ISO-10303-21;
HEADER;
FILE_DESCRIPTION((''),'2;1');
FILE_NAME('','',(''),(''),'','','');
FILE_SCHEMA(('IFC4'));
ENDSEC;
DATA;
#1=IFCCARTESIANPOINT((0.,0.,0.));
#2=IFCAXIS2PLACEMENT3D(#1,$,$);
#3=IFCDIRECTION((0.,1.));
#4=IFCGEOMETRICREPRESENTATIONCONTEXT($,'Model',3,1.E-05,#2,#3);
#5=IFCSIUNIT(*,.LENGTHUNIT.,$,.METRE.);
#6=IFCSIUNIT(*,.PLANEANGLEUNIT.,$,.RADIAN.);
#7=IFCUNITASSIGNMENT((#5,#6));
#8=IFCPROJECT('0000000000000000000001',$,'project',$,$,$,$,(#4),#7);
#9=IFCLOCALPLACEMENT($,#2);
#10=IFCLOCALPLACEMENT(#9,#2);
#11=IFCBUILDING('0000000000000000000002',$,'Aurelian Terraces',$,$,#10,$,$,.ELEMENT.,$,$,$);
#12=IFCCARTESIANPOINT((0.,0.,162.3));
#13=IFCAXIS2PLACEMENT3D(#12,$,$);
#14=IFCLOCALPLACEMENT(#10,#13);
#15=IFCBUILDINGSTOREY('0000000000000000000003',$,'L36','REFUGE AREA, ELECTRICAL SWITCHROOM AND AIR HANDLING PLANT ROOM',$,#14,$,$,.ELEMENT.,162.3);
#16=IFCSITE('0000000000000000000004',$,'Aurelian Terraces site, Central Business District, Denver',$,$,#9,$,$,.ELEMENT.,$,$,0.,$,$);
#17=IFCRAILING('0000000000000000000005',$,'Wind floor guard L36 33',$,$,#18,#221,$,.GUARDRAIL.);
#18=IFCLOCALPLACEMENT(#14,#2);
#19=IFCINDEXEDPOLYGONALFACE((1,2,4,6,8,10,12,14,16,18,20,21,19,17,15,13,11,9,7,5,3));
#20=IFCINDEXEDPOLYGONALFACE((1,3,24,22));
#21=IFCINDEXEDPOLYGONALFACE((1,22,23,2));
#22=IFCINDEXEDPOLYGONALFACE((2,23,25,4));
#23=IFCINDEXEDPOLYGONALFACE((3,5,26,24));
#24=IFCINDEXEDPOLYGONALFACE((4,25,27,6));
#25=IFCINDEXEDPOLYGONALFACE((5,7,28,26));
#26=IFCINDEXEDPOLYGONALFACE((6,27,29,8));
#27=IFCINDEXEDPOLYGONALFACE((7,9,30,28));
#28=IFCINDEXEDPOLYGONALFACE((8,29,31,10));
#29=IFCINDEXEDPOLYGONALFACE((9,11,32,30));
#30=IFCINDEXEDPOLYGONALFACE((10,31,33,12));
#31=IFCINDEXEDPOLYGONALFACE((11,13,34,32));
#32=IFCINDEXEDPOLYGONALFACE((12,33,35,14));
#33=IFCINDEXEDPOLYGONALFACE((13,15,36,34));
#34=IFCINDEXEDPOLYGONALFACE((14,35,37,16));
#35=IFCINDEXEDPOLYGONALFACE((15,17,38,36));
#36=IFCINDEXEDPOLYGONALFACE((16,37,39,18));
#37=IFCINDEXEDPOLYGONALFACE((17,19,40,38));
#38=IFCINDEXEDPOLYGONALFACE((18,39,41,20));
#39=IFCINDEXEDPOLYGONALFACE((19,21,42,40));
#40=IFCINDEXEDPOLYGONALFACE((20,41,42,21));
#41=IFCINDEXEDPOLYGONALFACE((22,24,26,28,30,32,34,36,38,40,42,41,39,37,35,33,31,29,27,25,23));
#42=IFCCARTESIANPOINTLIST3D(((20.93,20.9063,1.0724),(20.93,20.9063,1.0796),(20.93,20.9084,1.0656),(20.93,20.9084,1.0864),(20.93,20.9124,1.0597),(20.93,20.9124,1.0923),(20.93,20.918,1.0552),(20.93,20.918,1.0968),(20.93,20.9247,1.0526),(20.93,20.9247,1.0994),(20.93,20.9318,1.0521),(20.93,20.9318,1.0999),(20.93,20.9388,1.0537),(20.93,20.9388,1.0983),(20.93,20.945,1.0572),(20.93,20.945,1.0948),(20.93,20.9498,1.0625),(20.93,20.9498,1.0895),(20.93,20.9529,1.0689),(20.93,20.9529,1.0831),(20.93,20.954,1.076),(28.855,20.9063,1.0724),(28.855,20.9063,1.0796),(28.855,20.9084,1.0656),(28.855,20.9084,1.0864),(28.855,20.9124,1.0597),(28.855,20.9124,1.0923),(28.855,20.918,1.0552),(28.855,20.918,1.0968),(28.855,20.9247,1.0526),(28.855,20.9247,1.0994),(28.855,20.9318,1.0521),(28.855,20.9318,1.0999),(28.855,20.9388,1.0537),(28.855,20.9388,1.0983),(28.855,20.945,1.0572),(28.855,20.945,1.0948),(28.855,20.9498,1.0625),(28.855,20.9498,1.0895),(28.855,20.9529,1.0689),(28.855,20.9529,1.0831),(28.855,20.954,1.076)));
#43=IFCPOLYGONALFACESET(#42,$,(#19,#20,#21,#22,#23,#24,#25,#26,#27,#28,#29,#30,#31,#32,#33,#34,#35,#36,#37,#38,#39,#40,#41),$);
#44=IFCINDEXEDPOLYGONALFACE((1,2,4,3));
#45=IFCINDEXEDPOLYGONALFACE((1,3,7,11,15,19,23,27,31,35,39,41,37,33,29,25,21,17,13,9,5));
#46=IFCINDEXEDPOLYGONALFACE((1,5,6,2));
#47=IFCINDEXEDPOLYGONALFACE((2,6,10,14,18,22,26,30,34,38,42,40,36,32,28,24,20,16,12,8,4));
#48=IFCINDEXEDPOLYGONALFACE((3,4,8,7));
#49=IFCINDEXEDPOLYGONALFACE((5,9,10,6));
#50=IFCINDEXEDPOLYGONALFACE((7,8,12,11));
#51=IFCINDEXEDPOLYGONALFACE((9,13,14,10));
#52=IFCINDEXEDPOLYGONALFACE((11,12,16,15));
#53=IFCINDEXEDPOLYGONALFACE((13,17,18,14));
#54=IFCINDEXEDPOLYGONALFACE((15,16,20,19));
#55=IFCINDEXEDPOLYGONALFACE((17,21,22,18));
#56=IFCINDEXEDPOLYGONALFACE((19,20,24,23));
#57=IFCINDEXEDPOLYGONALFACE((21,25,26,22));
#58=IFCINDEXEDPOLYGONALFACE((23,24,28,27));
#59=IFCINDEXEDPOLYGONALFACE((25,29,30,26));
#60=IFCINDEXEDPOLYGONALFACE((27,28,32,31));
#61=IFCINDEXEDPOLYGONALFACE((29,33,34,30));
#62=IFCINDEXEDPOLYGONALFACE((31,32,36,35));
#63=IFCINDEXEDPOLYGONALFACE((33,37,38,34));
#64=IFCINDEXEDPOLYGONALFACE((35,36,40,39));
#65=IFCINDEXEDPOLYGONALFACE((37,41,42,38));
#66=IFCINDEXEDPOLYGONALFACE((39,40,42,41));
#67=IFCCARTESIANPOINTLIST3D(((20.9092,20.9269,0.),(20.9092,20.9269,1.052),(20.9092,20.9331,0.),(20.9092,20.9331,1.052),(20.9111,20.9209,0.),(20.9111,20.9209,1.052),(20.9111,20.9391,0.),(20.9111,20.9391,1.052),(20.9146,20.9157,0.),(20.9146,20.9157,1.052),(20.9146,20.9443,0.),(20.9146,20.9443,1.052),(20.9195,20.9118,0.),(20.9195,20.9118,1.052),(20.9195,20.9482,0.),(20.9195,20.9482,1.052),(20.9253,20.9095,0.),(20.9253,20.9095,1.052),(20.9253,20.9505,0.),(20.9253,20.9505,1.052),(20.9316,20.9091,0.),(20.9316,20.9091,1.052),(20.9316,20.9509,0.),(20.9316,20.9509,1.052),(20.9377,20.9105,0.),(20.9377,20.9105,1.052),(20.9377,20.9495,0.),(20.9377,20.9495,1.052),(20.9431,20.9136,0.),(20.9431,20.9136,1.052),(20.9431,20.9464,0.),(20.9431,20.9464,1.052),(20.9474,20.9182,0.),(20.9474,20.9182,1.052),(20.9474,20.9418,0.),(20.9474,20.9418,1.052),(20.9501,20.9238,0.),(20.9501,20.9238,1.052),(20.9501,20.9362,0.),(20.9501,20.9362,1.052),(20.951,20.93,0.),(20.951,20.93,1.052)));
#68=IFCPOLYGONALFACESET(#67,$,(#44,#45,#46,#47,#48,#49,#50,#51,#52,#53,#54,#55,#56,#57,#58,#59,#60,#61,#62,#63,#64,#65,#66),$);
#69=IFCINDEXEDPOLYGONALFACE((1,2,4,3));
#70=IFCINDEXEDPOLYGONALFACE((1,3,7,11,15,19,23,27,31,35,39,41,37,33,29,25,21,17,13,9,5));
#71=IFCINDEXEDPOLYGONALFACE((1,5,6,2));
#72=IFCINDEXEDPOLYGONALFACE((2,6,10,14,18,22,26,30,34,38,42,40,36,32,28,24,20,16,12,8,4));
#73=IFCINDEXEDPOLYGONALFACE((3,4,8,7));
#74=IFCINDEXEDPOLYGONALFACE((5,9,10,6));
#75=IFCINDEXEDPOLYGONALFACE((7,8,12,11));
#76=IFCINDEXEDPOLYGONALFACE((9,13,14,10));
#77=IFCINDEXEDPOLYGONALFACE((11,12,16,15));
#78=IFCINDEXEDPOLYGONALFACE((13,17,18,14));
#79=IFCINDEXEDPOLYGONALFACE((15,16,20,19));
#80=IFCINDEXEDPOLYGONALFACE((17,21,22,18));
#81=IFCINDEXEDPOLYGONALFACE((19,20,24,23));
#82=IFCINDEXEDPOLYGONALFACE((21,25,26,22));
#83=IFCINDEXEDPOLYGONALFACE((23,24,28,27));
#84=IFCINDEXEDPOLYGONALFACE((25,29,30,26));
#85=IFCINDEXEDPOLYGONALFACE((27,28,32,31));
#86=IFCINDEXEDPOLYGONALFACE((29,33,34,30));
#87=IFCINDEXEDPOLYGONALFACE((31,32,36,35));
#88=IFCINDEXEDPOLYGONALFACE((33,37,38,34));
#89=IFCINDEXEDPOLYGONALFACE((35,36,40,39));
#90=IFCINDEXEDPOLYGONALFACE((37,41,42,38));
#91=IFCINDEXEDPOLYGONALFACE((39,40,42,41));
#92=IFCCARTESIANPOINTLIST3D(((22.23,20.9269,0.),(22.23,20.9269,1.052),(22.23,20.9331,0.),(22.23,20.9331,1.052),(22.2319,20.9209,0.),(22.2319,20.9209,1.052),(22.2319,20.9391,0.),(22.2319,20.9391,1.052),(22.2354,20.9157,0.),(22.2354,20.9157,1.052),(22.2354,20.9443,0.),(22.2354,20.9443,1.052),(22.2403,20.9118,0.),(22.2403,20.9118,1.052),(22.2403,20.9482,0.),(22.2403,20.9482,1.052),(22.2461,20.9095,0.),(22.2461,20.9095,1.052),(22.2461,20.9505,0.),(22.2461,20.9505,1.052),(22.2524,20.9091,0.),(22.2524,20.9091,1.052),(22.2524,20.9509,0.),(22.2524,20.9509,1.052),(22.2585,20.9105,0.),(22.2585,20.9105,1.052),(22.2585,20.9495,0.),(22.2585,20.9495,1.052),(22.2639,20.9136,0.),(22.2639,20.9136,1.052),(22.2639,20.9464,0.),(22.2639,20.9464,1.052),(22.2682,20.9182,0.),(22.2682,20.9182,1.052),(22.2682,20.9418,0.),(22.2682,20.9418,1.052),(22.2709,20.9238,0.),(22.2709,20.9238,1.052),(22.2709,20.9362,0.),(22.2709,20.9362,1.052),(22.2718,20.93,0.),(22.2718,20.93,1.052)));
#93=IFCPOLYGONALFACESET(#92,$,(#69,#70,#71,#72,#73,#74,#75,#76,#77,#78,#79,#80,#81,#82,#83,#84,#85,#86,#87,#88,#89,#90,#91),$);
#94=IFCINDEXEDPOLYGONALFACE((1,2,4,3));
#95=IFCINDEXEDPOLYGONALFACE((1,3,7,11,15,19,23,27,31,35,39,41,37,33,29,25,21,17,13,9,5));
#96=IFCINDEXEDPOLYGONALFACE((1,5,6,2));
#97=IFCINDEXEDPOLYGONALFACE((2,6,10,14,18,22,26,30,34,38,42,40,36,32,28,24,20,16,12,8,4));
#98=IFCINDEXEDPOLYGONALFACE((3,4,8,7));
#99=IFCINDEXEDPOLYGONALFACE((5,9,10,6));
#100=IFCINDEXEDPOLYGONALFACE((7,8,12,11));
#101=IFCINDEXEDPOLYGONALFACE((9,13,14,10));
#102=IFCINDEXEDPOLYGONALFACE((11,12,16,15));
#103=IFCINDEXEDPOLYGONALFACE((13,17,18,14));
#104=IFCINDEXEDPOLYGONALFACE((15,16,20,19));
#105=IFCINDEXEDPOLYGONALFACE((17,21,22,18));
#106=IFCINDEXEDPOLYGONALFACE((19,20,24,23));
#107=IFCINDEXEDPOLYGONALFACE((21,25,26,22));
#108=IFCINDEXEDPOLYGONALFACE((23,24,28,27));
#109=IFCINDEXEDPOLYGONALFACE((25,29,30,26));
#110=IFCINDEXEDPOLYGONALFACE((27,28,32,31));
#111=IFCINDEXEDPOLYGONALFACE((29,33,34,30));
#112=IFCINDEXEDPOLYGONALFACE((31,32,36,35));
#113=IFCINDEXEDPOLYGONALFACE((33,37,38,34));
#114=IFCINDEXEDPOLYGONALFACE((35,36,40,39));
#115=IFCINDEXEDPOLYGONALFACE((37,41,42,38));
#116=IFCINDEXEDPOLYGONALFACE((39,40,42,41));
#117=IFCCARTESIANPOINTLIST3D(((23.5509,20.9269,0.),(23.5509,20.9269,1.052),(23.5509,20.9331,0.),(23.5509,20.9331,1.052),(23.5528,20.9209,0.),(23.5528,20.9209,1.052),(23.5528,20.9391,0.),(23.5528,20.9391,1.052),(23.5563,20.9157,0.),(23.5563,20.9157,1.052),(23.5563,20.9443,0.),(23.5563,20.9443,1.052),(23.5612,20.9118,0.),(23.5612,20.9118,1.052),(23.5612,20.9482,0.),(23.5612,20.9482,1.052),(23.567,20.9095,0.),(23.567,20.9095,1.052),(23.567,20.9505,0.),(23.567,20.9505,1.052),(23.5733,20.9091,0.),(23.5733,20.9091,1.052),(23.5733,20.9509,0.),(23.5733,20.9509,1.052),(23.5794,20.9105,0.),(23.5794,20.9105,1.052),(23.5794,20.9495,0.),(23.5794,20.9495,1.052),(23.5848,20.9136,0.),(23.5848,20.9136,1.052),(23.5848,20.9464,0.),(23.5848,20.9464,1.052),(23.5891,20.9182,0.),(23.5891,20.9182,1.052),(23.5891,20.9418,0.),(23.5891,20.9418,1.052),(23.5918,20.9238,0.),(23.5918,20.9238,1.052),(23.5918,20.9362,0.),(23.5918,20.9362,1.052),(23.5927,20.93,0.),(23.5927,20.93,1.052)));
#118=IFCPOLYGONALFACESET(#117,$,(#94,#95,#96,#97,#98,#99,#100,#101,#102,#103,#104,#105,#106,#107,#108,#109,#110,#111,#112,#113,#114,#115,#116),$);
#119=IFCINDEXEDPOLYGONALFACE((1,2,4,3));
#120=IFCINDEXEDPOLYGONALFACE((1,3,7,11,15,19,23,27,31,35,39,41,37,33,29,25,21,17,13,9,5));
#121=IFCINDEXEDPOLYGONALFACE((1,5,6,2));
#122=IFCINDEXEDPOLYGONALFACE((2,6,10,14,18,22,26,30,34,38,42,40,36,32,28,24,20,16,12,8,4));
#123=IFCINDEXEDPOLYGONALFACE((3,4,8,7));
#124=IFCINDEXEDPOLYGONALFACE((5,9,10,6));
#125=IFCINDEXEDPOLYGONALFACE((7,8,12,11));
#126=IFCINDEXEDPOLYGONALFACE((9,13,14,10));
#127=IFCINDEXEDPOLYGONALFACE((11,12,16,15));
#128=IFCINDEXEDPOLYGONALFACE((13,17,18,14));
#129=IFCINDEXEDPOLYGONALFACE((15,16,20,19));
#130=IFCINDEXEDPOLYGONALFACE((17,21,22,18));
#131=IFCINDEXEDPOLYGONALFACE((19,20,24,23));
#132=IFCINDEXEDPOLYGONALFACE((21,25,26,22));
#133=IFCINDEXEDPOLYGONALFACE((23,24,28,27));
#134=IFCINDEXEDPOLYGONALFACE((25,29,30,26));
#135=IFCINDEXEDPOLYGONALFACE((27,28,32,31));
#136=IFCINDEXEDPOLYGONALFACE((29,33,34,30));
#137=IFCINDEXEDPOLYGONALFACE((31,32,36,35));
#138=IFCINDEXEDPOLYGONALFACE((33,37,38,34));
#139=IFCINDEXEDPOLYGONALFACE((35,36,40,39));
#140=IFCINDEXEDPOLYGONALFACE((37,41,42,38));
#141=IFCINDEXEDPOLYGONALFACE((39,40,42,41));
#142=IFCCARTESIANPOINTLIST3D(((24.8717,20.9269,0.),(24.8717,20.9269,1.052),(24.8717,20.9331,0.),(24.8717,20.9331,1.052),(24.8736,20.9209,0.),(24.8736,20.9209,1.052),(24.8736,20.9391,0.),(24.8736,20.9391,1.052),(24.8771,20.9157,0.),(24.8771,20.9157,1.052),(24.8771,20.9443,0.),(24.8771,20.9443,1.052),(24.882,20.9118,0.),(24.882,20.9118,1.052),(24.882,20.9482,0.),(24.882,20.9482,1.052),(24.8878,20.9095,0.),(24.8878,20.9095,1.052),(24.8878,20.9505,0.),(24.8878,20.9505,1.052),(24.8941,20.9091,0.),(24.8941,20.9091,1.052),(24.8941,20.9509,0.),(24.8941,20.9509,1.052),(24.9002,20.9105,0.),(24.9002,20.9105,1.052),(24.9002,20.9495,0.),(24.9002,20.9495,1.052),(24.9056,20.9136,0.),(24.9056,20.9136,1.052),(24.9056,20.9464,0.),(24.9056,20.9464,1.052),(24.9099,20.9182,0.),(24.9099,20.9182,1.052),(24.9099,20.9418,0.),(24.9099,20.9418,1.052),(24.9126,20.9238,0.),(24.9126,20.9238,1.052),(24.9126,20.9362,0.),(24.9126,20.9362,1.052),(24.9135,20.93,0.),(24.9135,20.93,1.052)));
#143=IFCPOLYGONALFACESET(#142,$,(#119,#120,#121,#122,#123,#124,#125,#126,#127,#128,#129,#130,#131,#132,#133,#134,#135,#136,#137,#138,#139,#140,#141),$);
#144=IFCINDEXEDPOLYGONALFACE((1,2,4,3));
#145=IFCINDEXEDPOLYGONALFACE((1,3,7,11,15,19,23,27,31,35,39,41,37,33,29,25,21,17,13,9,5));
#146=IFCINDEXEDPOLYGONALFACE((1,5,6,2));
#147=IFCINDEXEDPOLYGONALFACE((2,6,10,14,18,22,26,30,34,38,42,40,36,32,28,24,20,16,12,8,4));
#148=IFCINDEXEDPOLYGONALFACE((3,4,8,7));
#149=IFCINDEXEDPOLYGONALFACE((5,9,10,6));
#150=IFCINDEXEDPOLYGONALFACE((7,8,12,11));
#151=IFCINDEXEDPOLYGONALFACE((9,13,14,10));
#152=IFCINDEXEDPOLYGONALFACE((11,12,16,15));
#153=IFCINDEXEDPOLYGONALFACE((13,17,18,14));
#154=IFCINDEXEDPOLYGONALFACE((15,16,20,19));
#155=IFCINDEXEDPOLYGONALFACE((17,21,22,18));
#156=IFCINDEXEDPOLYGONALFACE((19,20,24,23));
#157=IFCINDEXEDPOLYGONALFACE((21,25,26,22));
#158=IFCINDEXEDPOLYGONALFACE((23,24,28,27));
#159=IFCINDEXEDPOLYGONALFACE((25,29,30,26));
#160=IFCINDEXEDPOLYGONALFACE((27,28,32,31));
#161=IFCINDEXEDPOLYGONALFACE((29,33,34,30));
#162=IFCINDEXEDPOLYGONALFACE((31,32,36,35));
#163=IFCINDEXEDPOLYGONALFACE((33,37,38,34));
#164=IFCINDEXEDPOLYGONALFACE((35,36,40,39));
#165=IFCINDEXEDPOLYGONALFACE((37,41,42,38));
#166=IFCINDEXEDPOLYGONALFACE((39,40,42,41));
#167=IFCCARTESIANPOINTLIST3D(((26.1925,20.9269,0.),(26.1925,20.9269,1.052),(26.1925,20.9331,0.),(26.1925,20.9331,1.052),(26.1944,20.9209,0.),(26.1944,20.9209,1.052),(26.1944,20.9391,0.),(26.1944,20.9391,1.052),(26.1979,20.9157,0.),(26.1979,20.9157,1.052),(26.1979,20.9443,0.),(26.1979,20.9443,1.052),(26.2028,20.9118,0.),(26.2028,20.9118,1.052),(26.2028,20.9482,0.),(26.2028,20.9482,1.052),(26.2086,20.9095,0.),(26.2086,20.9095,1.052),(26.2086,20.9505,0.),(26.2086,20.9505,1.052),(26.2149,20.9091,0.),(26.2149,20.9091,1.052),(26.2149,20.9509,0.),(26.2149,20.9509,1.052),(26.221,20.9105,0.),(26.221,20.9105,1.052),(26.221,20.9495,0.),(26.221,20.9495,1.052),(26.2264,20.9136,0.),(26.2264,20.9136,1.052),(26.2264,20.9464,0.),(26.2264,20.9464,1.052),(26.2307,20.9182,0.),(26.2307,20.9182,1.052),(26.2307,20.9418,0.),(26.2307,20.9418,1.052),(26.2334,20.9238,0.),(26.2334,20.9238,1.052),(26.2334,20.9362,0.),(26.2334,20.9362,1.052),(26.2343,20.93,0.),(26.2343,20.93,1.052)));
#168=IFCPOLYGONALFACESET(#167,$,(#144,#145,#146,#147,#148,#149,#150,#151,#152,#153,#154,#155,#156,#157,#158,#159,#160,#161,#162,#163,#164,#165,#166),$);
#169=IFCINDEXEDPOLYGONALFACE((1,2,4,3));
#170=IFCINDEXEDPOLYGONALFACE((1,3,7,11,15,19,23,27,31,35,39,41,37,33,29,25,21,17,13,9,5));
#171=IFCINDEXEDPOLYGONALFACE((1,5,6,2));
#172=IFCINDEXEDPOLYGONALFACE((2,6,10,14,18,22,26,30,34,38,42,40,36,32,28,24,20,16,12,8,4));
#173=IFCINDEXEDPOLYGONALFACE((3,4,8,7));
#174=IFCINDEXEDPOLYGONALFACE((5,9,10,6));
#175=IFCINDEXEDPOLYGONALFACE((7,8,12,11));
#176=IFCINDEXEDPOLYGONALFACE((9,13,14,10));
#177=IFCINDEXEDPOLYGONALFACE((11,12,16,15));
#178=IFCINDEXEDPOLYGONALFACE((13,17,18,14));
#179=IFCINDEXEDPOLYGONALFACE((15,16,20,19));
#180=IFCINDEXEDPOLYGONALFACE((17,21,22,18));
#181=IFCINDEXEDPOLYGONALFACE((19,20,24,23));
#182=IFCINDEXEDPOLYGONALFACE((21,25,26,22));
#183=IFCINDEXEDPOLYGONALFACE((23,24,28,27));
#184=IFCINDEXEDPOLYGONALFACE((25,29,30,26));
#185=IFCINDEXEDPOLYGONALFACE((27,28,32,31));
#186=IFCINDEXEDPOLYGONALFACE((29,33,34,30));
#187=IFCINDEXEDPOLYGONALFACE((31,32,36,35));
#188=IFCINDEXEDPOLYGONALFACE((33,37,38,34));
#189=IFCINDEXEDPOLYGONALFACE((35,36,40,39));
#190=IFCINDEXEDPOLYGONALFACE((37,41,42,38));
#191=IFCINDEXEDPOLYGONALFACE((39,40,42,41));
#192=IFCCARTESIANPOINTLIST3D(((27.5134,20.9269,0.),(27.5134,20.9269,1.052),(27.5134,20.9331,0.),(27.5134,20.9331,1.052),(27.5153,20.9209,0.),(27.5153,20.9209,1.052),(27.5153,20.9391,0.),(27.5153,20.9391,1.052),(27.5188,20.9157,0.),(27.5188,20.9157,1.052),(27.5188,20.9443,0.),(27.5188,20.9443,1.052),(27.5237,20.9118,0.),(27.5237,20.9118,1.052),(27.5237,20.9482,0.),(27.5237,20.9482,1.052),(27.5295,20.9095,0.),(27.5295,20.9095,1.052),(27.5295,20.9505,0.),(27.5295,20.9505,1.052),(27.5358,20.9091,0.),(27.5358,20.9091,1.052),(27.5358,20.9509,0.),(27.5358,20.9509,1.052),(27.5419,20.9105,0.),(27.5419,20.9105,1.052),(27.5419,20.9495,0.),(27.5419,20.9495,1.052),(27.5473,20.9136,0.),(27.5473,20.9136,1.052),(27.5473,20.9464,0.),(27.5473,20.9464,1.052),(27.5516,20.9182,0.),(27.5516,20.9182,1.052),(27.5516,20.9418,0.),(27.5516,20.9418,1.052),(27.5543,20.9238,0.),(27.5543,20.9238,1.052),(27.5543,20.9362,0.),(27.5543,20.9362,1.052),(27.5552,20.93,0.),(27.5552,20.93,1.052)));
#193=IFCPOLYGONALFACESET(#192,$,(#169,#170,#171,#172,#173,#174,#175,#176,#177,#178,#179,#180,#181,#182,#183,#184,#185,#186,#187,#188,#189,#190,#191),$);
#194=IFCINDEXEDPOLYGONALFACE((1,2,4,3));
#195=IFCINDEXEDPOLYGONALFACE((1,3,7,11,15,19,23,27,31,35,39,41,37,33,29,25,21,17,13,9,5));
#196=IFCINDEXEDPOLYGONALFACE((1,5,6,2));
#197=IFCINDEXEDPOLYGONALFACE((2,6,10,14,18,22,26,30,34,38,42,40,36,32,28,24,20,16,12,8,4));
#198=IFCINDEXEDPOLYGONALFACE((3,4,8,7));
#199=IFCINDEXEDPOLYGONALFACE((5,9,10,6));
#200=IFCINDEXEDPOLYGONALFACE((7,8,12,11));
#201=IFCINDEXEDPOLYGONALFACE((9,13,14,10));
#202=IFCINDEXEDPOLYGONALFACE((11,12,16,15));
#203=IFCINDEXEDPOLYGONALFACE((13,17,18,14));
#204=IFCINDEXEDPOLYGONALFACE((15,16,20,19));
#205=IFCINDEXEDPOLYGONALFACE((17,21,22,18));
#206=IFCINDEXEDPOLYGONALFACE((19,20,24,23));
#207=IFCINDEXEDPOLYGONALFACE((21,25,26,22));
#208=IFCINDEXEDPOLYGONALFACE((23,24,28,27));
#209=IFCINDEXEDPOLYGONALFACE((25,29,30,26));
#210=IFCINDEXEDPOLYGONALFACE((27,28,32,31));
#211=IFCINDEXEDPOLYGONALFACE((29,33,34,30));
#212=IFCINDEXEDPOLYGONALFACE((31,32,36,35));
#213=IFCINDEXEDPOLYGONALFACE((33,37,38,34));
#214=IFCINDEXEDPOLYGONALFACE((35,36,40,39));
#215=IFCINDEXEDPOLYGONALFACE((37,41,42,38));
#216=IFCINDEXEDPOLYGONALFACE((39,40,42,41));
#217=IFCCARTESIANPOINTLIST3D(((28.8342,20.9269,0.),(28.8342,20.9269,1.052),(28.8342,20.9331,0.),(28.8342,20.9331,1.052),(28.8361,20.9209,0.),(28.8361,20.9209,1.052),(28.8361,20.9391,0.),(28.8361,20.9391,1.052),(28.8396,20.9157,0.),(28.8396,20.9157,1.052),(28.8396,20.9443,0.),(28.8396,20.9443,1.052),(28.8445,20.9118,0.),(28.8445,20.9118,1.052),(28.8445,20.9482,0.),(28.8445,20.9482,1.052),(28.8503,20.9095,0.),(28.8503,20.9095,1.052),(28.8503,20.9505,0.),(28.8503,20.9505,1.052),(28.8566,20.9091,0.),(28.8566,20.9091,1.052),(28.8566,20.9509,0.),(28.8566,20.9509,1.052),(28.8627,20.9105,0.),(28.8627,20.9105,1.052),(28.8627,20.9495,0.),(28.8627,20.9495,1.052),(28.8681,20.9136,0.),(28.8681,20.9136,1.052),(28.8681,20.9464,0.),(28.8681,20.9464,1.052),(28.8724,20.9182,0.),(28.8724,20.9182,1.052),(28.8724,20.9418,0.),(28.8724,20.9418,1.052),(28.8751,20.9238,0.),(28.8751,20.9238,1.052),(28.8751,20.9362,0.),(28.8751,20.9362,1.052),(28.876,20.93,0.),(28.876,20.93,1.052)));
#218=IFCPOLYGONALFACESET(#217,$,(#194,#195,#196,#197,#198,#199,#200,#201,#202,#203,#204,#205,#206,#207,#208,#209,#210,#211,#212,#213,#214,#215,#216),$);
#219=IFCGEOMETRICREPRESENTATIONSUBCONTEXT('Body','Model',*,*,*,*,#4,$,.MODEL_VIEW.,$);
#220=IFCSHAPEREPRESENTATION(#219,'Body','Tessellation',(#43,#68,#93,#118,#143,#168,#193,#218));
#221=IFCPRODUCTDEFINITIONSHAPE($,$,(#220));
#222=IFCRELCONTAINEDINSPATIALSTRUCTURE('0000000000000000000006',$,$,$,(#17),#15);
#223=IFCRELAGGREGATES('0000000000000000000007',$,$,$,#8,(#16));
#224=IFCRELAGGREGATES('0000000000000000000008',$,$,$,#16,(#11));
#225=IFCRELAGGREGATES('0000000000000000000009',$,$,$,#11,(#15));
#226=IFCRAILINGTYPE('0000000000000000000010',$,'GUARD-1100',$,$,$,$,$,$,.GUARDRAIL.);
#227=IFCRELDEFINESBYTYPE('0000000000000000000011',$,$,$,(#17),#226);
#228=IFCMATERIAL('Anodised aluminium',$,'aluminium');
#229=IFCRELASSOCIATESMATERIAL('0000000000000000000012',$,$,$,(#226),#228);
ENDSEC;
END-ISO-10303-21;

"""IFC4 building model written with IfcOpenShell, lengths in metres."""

from ifc_helpers import new_model, si_unit, direction, frame, origin, origin_2d, place, context, subcontext, project, spatial, circle, extrude, material, type_object, element, save


model = new_model("IFC4")

# Units and contexts
model_context = context("Model", 3, precision=1e-05, world=origin(), true_north=direction((0.0, 1.0)))
body_context = subcontext(model_context, "Body", "Model", "MODEL_VIEW")
ifc_project = project(units=[si_unit("LENGTHUNIT", "METRE"), si_unit("PLANEANGLEUNIT", "RADIAN")], contexts=[model_context])

# Site, building, storey
site_placement = place(None, origin())
site = spatial("IfcSite", under=ifc_project, at=site_placement, Name="Aurelian Terraces site, Central Business District, Denver", CompositionType="ELEMENT", RefElevation=0.0)
building_placement = place(site_placement, origin())
building = spatial("IfcBuilding", under=site, at=building_placement, Name="Aurelian Terraces", CompositionType="ELEMENT")
storey_placement = place(building_placement, frame((0.0, 0.0, 162.3)))
storey = spatial("IfcBuildingStorey", under=building, at=storey_placement, Name="L36", Description="REFUGE AREA, ELECTRICAL SWITCHROOM AND AIR HANDLING PLANT ROOM", CompositionType="ELEMENT", Elevation=162.3)

# Railing
ifc_material_1 = material(Name="Anodised aluminium", Category="aluminium")
railing_type = type_object("IfcRailingType", Name="GUARD-1100", PredefinedType="GUARDRAIL", material=ifc_material_1)
railing_1_placement = place(storey_placement, frame((20.93, 20.93, 0.0)))
element("IfcRailing", 1, at=railing_1_placement, inside=storey, type_object=railing_type, Name="Wind floor guard L36 33", PredefinedType="GUARDRAIL", context=body_context, shape_type="SweptSolid", body=[
    extrude(circle(Radius=0.024, at=origin_2d()), frame((0.0, 0.0, 1.076), z_axis=(1.0, 0.0, 0.0), x_axis=(0.0, 1.0, 0.0)), (0.0, 0.0, 1.0), 7.925),
    extrude(circle(Radius=0.021, at=origin_2d()), origin(), (0.0, 0.0, 1.0), 1.052),
    extrude(circle(Radius=0.021, at=origin_2d()), frame((1.3208, 0.0, 0.0)), (0.0, 0.0, 1.0), 1.052),
    extrude(circle(Radius=0.021, at=origin_2d()), frame((2.6417, 0.0, 0.0)), (0.0, 0.0, 1.0), 1.052),
    extrude(circle(Radius=0.021, at=origin_2d()), frame((3.9625, 0.0, 0.0)), (0.0, 0.0, 1.0), 1.052),
    extrude(circle(Radius=0.021, at=origin_2d()), frame((5.2833, 0.0, 0.0)), (0.0, 0.0, 1.0), 1.052),
    extrude(circle(Radius=0.021, at=origin_2d()), frame((6.6042, 0.0, 0.0)), (0.0, 0.0, 1.0), 1.052),
    extrude(circle(Radius=0.021, at=origin_2d()), frame((7.925, 0.0, 0.0)), (0.0, 0.0, 1.0), 1.052),
])

save(model, "model.ifc")
